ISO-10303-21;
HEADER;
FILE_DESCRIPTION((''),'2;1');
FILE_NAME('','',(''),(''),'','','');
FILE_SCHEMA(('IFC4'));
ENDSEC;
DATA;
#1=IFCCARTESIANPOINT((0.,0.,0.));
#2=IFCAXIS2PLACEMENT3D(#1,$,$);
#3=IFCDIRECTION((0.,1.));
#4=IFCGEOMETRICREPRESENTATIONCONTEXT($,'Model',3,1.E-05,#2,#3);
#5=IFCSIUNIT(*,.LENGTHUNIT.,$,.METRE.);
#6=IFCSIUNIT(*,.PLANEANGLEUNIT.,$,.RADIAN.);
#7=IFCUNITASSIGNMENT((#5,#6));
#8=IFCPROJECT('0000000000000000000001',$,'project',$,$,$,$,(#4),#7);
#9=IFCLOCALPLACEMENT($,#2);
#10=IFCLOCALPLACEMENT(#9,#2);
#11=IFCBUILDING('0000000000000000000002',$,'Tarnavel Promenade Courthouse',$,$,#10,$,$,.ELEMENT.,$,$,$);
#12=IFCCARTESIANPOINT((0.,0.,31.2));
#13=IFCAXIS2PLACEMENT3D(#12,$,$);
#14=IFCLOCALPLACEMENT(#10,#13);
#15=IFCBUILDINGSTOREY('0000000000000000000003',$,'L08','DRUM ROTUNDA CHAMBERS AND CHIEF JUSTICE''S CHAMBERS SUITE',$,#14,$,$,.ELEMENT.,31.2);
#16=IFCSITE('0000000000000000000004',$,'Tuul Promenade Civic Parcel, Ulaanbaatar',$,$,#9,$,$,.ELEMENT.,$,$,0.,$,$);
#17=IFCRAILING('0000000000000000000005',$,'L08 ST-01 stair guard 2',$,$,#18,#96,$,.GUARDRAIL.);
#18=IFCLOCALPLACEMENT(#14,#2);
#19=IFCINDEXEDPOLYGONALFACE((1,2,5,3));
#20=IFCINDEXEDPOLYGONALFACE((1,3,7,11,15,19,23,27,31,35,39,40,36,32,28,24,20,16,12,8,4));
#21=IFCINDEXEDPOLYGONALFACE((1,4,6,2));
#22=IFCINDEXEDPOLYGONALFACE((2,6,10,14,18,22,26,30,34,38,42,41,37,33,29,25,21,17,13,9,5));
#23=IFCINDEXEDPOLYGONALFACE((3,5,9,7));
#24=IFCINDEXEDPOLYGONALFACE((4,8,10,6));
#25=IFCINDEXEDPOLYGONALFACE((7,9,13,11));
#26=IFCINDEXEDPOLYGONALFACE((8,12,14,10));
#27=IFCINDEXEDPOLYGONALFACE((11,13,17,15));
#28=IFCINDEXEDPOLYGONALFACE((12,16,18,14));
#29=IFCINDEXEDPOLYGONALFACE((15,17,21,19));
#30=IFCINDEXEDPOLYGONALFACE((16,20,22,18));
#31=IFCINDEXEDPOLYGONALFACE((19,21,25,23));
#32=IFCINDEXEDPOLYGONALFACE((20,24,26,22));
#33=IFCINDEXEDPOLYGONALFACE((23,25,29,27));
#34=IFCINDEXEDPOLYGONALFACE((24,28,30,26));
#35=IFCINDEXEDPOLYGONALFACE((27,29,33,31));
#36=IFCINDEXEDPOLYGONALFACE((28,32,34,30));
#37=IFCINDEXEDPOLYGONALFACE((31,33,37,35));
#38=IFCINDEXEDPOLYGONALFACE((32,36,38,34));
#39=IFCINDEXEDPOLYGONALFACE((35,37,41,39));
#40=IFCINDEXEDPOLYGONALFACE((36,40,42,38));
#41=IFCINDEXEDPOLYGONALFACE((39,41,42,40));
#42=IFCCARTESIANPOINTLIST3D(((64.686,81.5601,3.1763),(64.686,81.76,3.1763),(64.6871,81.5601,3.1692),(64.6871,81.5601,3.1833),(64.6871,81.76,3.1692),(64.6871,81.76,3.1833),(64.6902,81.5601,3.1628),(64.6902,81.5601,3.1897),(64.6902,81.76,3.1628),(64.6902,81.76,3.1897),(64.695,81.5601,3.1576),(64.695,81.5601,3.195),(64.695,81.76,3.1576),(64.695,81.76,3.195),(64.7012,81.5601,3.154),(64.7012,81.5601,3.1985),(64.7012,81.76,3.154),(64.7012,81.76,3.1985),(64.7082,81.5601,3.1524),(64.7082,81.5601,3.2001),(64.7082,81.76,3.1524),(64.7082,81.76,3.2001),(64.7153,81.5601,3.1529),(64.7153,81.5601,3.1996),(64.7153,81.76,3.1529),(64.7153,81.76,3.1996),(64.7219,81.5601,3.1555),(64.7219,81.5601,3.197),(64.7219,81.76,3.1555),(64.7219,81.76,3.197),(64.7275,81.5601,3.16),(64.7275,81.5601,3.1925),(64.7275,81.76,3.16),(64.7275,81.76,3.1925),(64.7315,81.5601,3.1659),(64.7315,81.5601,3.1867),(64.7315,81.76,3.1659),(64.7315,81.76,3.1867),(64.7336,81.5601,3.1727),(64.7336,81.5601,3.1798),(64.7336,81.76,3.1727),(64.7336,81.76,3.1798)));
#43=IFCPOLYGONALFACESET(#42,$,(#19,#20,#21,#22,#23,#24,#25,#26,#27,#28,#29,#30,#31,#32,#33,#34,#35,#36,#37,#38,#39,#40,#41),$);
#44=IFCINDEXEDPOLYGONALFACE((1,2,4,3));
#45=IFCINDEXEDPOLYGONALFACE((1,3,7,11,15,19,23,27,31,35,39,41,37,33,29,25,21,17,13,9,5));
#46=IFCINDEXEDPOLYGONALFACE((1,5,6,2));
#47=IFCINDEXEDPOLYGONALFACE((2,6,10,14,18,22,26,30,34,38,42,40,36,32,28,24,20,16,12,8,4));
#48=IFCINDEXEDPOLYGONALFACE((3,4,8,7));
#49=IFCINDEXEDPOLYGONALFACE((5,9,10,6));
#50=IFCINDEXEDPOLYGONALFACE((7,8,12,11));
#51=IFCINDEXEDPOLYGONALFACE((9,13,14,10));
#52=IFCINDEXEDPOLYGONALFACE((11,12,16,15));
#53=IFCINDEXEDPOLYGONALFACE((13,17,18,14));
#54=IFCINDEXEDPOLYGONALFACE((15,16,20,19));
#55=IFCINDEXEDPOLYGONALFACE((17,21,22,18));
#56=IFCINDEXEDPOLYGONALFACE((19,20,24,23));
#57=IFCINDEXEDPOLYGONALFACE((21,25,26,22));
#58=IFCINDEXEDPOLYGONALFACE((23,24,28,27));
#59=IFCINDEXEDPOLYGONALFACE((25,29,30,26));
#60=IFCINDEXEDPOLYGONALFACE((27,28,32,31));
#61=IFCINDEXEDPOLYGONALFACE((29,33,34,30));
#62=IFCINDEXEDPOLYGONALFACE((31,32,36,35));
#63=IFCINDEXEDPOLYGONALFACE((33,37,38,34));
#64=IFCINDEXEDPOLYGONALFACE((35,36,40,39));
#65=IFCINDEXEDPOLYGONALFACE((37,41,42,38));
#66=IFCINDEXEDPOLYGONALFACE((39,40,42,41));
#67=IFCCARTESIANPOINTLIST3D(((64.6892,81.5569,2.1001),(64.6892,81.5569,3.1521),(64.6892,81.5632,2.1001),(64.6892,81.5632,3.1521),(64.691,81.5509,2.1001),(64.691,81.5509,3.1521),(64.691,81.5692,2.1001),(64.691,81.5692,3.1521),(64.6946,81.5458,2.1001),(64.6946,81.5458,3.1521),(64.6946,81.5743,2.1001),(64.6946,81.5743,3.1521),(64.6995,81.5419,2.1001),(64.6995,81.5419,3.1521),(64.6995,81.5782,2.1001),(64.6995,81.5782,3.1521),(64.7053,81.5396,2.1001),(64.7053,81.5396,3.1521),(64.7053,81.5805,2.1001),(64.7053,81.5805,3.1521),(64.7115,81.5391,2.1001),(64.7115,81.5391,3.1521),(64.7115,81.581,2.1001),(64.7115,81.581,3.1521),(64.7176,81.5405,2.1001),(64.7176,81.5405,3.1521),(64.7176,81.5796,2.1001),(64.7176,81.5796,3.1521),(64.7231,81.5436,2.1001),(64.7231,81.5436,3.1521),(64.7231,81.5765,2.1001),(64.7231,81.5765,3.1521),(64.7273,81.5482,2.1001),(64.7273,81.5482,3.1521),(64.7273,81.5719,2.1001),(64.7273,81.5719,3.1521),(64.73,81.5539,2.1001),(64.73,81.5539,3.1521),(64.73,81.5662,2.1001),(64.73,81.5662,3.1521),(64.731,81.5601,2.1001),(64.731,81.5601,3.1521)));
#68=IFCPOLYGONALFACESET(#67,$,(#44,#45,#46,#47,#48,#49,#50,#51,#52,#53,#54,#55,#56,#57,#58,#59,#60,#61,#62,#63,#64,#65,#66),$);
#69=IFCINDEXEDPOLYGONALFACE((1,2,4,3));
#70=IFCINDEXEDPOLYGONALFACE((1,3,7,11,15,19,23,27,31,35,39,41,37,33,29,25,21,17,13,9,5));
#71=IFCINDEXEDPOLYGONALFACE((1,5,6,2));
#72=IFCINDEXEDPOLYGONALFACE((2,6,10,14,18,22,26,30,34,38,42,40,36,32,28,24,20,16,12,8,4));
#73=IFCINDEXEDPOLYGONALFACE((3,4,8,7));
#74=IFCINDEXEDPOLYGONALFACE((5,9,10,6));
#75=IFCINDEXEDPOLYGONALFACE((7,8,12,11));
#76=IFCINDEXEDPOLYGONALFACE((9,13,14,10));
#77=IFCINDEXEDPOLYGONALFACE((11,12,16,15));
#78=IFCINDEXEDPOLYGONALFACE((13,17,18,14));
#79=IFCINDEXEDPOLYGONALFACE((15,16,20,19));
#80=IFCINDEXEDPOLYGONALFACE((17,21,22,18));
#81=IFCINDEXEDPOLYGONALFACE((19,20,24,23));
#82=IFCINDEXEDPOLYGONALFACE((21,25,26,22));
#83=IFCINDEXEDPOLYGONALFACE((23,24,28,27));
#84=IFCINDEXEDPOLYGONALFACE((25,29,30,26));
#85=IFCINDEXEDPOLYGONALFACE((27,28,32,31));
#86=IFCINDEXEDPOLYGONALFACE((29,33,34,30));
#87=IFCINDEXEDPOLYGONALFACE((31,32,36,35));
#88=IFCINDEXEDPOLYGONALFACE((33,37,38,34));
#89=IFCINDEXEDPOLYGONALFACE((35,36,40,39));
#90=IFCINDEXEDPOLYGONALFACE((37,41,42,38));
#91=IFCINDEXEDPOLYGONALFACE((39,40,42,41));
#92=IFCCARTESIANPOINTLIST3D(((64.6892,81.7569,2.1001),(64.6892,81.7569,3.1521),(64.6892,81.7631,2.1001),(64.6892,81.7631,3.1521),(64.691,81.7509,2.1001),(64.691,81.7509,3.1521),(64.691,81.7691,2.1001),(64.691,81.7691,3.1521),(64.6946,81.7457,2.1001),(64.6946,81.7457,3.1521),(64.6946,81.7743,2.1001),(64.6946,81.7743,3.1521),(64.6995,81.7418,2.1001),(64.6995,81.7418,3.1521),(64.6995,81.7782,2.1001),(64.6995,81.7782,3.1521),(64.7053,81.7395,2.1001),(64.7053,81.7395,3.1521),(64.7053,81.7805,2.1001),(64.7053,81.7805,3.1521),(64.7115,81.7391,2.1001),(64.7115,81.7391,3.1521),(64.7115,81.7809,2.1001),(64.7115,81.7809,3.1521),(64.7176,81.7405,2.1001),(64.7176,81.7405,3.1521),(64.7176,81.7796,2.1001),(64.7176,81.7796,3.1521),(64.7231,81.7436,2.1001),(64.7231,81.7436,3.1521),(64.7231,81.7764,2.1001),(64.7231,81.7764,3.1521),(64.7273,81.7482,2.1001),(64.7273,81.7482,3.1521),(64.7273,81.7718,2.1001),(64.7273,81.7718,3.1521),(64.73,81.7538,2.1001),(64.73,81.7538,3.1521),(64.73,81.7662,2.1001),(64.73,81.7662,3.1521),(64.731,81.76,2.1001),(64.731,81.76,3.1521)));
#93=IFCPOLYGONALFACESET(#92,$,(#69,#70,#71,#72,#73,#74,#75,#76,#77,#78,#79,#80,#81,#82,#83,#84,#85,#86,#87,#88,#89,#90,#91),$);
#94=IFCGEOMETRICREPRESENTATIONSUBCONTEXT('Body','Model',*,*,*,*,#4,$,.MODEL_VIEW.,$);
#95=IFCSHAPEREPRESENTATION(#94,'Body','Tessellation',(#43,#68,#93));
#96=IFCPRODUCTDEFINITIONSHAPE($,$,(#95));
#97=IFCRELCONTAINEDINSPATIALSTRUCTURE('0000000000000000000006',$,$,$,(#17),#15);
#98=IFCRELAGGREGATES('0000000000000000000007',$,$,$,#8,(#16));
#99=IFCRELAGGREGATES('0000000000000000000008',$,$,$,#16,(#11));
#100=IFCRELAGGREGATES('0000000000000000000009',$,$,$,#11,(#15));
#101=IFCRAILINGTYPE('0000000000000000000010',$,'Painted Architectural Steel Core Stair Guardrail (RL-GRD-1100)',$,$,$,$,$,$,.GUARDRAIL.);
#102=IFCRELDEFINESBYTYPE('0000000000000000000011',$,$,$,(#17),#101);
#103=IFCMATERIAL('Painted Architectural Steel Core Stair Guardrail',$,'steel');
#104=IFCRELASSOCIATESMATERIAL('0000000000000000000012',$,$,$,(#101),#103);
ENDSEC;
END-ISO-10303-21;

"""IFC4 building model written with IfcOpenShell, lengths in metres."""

from ifc_helpers import new_model, si_unit, direction, frame, origin, origin_2d, place, context, subcontext, project, spatial, circle, extrude, material, type_object, element, save


model = new_model("IFC4")

# Units and contexts
model_context = context("Model", 3, precision=1e-05, world=origin(), true_north=direction((0.0, 1.0)))
body_context = subcontext(model_context, "Body", "Model", "MODEL_VIEW")
ifc_project = project(units=[si_unit("LENGTHUNIT", "METRE"), si_unit("PLANEANGLEUNIT", "RADIAN")], contexts=[model_context])

# Site, building, storey
site_placement = place(None, origin())
site = spatial("IfcSite", under=ifc_project, at=site_placement, Name="Tuul Promenade Civic Parcel, Ulaanbaatar", CompositionType="ELEMENT", RefElevation=0.0)
building_placement = place(site_placement, origin())
building = spatial("IfcBuilding", under=site, at=building_placement, Name="Tarnavel Promenade Courthouse", CompositionType="ELEMENT")
storey_placement = place(building_placement, frame((0.0, 0.0, 31.2)))
storey = spatial("IfcBuildingStorey", under=building, at=storey_placement, Name="L08", Description="DRUM ROTUNDA CHAMBERS AND CHIEF JUSTICE'S CHAMBERS SUITE", CompositionType="ELEMENT", Elevation=31.2)

# Railing
ifc_material_1 = material(Name="Painted Architectural Steel Core Stair Guardrail", Category="steel")
railing_type_1 = type_object("IfcRailingType", Name="Painted Architectural Steel Core Stair Guardrail (RL-GRD-1100)", PredefinedType="GUARDRAIL", material=ifc_material_1)
railing_1_placement = place(storey_placement, frame((64.71, 81.5601, 2.1001)))
element("IfcRailing", 1, at=railing_1_placement, inside=storey, type_object=railing_type_1, Name="L08 ST-01 stair guard 2", PredefinedType="GUARDRAIL", context=body_context, shape_type="SweptSolid", body=[
    extrude(circle(Radius=0.0239, at=origin_2d()), frame((0.0, 0.0, 1.0762), z_axis=(0.0, 1.0, 0.0), x_axis=(-1.0, 0.0, 0.0)), (0.0, 0.0, 1.0), 0.2),
    extrude(circle(Radius=0.021, at=origin_2d()), origin(), (0.0, 0.0, 1.0), 1.052),
    extrude(circle(Radius=0.021, at=origin_2d()), frame((0.0, 0.2, 0.0)), (0.0, 0.0, 1.0), 1.052),
])

save(model, "model.ifc")
